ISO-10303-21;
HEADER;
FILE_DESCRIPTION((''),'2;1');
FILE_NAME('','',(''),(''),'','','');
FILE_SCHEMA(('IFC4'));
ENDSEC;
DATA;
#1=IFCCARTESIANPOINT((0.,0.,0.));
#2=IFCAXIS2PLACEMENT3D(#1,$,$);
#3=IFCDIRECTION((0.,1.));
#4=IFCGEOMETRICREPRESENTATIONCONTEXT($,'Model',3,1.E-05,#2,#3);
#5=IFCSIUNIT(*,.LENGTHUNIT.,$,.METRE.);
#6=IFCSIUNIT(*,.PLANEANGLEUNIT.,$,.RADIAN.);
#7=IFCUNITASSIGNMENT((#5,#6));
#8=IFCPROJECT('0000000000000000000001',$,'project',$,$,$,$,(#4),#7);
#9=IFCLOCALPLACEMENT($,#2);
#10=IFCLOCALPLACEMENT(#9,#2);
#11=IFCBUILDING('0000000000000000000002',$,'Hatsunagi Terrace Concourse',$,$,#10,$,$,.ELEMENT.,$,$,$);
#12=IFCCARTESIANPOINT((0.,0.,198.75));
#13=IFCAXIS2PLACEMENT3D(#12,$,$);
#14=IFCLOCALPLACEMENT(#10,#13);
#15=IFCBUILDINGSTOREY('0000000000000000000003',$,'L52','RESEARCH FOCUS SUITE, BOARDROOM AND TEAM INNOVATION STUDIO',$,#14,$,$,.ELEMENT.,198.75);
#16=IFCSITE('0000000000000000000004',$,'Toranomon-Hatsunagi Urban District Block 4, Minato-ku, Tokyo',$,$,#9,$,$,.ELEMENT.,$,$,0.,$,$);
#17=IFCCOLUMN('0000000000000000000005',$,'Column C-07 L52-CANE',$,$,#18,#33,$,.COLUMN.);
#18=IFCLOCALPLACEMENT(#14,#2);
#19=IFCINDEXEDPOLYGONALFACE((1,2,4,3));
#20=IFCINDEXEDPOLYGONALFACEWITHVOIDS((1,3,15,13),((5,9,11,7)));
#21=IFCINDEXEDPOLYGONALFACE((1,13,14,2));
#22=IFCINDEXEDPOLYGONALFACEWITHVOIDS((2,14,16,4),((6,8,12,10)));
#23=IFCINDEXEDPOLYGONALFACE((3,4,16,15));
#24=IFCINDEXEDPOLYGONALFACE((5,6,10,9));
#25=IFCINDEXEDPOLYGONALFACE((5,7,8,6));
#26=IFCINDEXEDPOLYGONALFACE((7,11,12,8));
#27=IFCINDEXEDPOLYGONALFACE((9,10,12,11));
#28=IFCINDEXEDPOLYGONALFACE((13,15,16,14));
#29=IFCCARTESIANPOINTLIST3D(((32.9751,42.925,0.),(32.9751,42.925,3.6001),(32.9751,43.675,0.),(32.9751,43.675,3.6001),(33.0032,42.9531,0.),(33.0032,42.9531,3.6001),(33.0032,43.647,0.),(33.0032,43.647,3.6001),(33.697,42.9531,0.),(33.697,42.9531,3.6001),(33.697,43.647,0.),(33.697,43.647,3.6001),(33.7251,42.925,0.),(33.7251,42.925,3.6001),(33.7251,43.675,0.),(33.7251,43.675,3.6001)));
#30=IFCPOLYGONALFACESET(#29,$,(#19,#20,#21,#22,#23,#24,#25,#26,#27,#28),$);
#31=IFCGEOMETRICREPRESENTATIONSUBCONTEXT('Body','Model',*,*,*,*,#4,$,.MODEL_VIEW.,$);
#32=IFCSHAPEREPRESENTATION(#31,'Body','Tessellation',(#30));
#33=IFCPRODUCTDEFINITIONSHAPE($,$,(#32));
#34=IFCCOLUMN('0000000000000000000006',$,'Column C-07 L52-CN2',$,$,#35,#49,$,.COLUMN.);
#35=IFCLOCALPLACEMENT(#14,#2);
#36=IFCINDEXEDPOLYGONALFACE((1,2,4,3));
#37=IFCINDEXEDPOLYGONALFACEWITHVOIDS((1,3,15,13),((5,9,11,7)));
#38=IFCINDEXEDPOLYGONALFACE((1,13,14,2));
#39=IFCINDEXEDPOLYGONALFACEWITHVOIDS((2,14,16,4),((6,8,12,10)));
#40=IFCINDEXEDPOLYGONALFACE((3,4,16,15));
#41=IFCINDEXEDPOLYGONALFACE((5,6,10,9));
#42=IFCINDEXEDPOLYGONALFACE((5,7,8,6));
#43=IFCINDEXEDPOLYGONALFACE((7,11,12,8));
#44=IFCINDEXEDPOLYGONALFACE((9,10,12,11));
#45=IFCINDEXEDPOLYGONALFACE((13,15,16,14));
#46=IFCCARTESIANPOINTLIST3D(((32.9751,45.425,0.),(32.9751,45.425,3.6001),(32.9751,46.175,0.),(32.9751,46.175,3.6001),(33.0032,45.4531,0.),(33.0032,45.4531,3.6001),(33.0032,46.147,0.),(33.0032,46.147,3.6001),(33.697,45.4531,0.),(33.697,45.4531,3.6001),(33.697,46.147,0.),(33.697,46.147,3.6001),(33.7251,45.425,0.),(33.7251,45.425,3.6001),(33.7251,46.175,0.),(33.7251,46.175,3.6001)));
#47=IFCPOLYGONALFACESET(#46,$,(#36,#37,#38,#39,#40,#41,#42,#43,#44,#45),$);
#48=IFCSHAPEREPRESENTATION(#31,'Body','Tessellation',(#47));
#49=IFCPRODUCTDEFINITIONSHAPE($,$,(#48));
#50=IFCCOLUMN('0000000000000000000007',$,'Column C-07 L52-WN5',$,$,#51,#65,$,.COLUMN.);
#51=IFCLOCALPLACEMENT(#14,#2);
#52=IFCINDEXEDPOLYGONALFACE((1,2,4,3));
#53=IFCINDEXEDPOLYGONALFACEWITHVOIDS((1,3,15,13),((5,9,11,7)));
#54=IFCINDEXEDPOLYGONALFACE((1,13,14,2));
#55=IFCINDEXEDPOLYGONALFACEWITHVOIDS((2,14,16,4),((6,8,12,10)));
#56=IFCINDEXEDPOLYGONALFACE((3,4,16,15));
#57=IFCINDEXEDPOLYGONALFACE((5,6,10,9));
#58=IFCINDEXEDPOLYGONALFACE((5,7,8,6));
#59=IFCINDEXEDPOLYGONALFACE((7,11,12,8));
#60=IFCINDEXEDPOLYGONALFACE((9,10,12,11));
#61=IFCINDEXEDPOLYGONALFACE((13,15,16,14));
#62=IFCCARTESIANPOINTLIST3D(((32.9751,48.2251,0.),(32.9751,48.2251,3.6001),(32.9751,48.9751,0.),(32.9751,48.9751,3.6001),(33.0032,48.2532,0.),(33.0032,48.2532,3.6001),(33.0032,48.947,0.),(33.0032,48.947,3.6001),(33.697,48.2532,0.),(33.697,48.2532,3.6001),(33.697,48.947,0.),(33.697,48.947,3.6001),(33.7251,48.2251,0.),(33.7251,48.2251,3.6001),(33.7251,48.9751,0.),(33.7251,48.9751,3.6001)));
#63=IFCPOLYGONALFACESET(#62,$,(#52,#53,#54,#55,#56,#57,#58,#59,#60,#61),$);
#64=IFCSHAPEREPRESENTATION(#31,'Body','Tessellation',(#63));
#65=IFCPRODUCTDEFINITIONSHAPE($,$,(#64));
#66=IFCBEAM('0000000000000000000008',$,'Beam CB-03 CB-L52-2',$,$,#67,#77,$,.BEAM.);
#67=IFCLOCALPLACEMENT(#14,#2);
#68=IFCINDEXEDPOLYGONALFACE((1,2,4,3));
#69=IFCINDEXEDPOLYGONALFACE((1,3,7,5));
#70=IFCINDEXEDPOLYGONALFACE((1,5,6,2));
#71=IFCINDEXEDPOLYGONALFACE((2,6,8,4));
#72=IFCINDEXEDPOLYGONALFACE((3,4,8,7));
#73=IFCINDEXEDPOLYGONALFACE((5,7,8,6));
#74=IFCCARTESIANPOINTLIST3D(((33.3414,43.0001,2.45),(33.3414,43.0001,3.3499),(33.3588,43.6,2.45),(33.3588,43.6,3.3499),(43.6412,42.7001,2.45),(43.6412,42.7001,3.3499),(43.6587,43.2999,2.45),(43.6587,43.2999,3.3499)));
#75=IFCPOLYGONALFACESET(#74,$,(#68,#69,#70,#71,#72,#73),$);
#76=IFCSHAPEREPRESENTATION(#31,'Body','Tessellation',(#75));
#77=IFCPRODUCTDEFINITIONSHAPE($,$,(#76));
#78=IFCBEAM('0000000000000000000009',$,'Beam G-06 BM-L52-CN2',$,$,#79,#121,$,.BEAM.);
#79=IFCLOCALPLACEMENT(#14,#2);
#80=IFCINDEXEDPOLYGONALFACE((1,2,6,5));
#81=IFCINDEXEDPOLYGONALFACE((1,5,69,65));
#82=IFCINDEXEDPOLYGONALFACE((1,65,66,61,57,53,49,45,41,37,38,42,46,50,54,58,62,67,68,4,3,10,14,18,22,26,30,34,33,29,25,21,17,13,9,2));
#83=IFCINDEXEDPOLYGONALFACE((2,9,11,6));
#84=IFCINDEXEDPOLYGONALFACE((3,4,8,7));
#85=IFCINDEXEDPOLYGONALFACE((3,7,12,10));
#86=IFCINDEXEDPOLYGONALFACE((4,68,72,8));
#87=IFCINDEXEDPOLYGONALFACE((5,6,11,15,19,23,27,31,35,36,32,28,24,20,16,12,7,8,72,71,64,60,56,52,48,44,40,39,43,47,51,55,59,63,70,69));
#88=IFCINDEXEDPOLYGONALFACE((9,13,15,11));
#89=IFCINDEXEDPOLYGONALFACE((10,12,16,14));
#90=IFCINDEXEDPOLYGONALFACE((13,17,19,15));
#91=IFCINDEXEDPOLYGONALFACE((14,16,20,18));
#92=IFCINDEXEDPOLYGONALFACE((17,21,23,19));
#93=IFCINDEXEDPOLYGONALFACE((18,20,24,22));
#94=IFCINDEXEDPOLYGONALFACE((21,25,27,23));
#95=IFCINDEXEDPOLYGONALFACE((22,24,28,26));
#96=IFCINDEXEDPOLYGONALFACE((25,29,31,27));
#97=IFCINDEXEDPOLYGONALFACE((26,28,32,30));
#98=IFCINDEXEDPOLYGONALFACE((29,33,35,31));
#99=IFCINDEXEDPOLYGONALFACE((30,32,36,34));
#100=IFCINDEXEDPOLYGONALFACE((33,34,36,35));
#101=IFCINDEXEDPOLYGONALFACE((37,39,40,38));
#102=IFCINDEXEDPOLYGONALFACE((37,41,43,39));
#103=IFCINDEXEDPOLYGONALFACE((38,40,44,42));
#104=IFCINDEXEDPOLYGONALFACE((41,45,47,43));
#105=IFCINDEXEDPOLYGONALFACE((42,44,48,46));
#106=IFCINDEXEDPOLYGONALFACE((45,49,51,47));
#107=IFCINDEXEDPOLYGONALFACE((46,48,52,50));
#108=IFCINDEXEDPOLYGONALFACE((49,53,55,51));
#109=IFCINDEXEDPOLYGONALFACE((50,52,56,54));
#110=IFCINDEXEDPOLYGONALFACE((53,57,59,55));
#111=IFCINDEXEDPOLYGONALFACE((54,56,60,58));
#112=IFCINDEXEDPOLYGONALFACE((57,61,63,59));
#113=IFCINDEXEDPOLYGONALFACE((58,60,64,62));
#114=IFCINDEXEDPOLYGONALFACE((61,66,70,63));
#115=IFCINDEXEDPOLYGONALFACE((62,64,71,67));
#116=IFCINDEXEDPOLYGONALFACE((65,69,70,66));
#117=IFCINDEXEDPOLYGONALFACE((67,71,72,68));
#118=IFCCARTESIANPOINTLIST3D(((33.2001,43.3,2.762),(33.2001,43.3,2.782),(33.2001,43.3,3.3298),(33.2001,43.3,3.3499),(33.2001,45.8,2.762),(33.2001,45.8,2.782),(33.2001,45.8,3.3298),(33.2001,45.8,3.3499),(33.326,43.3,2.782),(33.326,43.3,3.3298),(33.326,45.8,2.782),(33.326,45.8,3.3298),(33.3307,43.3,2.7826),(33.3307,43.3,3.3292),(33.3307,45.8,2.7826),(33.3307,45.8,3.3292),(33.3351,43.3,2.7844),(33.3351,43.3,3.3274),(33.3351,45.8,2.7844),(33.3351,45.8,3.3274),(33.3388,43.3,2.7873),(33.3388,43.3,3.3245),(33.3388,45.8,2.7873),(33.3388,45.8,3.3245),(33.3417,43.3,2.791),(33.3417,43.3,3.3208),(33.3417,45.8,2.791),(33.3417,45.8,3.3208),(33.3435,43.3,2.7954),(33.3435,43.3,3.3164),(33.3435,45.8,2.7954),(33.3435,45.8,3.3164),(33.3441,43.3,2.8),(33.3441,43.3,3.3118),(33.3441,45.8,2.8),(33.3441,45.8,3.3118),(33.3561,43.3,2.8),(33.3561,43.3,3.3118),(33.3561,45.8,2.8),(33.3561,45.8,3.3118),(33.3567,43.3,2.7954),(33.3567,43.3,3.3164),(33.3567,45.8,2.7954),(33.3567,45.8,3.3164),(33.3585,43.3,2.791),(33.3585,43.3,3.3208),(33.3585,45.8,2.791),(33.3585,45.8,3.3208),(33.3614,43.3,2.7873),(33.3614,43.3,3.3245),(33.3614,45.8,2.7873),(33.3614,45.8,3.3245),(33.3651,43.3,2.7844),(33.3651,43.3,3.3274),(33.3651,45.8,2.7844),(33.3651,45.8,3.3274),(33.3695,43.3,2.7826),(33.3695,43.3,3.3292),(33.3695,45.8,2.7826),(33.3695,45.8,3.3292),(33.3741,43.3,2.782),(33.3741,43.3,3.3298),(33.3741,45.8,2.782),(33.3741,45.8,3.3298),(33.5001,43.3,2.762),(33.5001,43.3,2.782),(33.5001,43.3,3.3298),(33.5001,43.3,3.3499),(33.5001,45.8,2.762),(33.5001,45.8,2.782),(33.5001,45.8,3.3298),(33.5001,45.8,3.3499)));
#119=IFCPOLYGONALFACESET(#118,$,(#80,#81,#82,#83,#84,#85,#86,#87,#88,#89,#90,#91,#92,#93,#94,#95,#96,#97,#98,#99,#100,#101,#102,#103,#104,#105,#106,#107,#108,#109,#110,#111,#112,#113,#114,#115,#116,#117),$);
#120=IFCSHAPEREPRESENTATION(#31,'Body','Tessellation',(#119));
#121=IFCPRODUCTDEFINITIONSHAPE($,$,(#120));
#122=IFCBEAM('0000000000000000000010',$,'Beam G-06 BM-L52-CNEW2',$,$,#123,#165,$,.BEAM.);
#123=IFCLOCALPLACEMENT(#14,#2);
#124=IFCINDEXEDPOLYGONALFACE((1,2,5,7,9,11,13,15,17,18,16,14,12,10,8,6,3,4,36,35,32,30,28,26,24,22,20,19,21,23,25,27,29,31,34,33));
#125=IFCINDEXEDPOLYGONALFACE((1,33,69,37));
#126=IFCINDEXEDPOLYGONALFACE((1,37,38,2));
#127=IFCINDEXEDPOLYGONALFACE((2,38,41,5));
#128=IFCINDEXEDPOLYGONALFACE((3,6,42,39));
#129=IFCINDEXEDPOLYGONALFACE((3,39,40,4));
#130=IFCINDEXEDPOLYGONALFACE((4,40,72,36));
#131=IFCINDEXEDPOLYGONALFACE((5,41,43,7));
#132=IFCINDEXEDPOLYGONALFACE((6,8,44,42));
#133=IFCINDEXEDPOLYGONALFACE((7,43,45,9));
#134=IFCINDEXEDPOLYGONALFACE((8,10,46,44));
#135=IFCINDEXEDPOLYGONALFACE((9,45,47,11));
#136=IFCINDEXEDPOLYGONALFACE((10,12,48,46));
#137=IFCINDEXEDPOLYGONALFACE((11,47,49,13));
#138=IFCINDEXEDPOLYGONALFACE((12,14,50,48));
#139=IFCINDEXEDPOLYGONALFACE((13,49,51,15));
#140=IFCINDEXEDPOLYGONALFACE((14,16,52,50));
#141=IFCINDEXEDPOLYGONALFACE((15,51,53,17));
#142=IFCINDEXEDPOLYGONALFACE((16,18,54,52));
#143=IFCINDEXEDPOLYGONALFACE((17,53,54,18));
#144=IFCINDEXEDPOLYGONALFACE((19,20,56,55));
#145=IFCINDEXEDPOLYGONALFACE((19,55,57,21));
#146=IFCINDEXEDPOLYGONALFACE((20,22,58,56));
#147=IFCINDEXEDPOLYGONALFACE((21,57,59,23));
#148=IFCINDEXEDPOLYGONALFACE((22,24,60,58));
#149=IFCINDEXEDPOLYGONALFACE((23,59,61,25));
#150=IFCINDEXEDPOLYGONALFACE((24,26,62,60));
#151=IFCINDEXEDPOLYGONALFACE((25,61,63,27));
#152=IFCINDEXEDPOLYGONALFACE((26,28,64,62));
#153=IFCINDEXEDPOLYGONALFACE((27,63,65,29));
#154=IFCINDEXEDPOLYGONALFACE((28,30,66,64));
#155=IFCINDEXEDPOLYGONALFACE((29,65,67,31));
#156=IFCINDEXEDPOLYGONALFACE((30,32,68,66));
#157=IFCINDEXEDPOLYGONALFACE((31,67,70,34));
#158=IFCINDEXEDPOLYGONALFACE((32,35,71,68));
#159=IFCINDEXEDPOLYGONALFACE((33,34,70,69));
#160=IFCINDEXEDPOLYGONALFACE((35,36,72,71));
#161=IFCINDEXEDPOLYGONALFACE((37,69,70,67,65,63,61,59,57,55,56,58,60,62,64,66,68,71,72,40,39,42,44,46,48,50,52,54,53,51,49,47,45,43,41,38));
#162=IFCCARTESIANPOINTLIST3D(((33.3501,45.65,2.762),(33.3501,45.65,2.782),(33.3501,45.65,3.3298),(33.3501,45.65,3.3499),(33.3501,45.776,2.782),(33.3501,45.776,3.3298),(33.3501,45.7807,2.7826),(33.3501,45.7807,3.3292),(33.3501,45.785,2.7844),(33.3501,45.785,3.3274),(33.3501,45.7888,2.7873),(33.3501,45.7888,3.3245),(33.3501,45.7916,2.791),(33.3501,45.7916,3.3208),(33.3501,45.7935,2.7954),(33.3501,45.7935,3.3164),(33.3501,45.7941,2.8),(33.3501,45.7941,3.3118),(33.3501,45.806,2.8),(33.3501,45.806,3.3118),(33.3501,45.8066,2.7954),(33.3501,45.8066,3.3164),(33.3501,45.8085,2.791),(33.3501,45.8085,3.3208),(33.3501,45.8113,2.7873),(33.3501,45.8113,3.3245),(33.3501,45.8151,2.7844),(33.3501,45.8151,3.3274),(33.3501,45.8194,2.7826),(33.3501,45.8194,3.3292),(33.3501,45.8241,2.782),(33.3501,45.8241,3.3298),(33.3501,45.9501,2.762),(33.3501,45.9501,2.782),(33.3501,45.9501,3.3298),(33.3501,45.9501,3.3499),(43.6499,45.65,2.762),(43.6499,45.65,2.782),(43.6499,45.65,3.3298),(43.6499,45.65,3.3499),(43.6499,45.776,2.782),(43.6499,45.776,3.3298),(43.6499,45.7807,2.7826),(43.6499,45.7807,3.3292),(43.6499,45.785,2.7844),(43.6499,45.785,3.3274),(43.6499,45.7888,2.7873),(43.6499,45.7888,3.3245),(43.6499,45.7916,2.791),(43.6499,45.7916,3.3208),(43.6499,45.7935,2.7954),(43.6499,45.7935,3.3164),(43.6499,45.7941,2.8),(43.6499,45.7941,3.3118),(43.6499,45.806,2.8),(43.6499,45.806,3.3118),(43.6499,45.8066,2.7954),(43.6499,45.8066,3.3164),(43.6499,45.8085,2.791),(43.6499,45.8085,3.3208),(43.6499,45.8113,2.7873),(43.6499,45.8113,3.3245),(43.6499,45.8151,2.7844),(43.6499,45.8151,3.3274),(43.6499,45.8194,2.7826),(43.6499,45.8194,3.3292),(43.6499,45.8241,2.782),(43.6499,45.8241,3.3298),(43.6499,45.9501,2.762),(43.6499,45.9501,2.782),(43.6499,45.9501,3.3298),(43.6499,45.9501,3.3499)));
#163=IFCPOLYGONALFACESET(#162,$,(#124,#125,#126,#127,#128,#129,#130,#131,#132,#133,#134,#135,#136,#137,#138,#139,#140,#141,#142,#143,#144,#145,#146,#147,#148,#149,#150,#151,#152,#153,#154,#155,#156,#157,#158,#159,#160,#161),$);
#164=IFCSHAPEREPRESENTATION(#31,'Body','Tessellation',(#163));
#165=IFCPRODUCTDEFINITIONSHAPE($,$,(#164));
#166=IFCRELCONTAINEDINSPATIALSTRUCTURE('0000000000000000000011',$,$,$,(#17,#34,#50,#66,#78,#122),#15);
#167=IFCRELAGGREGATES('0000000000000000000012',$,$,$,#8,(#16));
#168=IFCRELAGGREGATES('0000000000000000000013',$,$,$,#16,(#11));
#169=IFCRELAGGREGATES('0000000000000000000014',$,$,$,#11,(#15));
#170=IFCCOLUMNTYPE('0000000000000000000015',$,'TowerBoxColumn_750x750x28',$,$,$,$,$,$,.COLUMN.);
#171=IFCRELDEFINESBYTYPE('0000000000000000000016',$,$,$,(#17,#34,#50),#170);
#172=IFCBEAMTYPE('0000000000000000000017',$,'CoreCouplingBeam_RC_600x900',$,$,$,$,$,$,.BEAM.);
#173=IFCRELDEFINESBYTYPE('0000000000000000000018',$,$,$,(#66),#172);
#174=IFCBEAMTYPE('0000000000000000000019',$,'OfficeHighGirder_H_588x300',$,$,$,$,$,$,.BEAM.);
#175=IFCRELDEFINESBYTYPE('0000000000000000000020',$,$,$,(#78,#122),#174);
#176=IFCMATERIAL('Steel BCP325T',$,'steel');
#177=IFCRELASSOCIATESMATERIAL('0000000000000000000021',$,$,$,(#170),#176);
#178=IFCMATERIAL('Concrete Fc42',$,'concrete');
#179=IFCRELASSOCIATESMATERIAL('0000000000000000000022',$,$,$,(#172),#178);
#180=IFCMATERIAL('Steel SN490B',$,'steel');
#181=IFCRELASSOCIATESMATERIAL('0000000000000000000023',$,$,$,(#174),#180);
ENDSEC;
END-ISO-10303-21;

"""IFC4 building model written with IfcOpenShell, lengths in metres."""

from ifc_helpers import new_model, si_unit, direction, frame, origin, origin_2d, place, context, subcontext, project, spatial, rectangle, hollow_rectangle, i_section, extrude, material, material_profile, profile_set, type_object, element, save


model = new_model("IFC4")

# Units and contexts
model_context = context("Model", 3, precision=1e-05, world=origin(), true_north=direction((0.0, 1.0)))
body_context = subcontext(model_context, "Body", "Model", "MODEL_VIEW")
ifc_project = project(units=[si_unit("LENGTHUNIT", "METRE"), si_unit("PLANEANGLEUNIT", "RADIAN")], contexts=[model_context])

# Site, building, storey
site_placement = place(None, origin())
site = spatial("IfcSite", under=ifc_project, at=site_placement, Name="Toranomon-Hatsunagi Urban District Block 4, Minato-ku, Tokyo", CompositionType="ELEMENT", RefElevation=0.0)
building_placement = place(site_placement, origin())
building = spatial("IfcBuilding", under=site, at=building_placement, Name="Hatsunagi Terrace Concourse", CompositionType="ELEMENT")
storey_placement = place(building_placement, frame((0.0, 0.0, 198.75)))
storey = spatial("IfcBuildingStorey", under=building, at=storey_placement, Name="L52", Description="RESEARCH FOCUS SUITE, BOARDROOM AND TEAM INNOVATION STUDIO", CompositionType="ELEMENT", Elevation=198.75)

# Columns
ifc_material_1 = material(Name="Steel BCP325T", Category="steel")
ifc_material_profile_1 = material_profile(ifc_material_1, hollow_rectangle(XDim=0.75, YDim=0.75, WallThickness=0.0281, at=origin_2d()), Name="BCP-750x750x28")
ifc_profile_set_1 = profile_set([ifc_material_profile_1], Name="Steel BCP325T")
column_type = type_object("IfcColumnType", Name="TowerBoxColumn_750x750x28", PredefinedType="COLUMN", material=ifc_profile_set_1)
for number, where, z_axis, x_axis, name in (
    (1, (33.3501, 43.3, 0.0), (0.0, 0.0, 1.0), (1.0, 0.0, 0.0), "Column C-07 L52-CANE"),
    (2, (33.3501, 45.8, 0.0), (0.0, 0.0, 1.0), (1.0, 0.0, 0.0), "Column C-07 L52-CN2"),
    (3, (33.3501, 48.6001, 0.0), (0.0, 0.0, 1.0), (1.0, 0.0, 0.0), "Column C-07 L52-WN5"),
):
    element("IfcColumn", number, at=place(storey_placement, frame(where, z_axis=z_axis, x_axis=x_axis)), inside=storey, type_object=column_type, Name=name, PredefinedType="COLUMN", context=body_context, shape_type="SweptSolid", body=[
        extrude(hollow_rectangle(XDim=0.75, YDim=0.75, WallThickness=0.0281, at=origin_2d()), origin(), (0.0, 0.0, 1.0), 3.6001),
    ])

# Beams
ifc_material_2 = material(Name="Concrete Fc42", Category="concrete")
ifc_material_profile_2 = material_profile(ifc_material_2, rectangle(XDim=0.6001, YDim=0.8999, at=origin_2d()), Name="RC-600x900")
ifc_profile_set_2 = profile_set([ifc_material_profile_2], Name="Concrete Fc42")
beam_type_1 = type_object("IfcBeamType", Name="CoreCouplingBeam_RC_600x900", PredefinedType="BEAM", material=ifc_profile_set_2)
beam_1_placement = place(storey_placement, frame((33.3501, 43.3, 2.8999), z_axis=(0.999576, -0.029119, 0.0), x_axis=(0.029119, 0.999576, 0.0)))
element("IfcBeam", 4, at=beam_1_placement, inside=storey, type_object=beam_type_1, Name="Beam CB-03 CB-L52-2", PredefinedType="BEAM", context=body_context, shape_type="SweptSolid", body=[
    extrude(rectangle(XDim=0.6001, YDim=0.8999, at=origin_2d()), origin(), (0.0, 0.0, 1.0), 10.3042),
])
ifc_material_3 = material(Name="Steel SN490B", Category="steel")
ifc_material_profile_3 = material_profile(ifc_material_3, i_section(OverallWidth=0.3, OverallDepth=0.5879, WebThickness=0.012, FlangeThickness=0.02, FilletRadius=0.0181, at=origin_2d()), Name="H-588x300x12x20")
ifc_profile_set_3 = profile_set([ifc_material_profile_3], Name="Steel SN490B")
beam_type_2 = type_object("IfcBeamType", Name="OfficeHighGirder_H_588x300", PredefinedType="BEAM", material=ifc_profile_set_3)
beam_2_placement = place(storey_placement, frame((33.3501, 43.3, 3.0559), z_axis=(0.0, 1.0, 0.0), x_axis=(-1.0, 0.0, 0.0)))
element("IfcBeam", 5, at=beam_2_placement, inside=storey, type_object=beam_type_2, Name="Beam G-06 BM-L52-CN2", PredefinedType="BEAM", context=body_context, shape_type="SweptSolid", body=[
    extrude(i_section(OverallWidth=0.3, OverallDepth=0.5879, WebThickness=0.012, FlangeThickness=0.02, FilletRadius=0.0181, at=origin_2d()), origin(), (0.0, 0.0, 1.0), 2.5),
])
beam_3_placement = place(storey_placement, frame((33.3501, 45.8, 3.0559), z_axis=(1.0, 0.0, 0.0), x_axis=(0.0, 1.0, 0.0)))
element("IfcBeam", 6, at=beam_3_placement, inside=storey, type_object=beam_type_2, Name="Beam G-06 BM-L52-CNEW2", PredefinedType="BEAM", context=body_context, shape_type="SweptSolid", body=[
    extrude(i_section(OverallWidth=0.3, OverallDepth=0.5879, WebThickness=0.012, FlangeThickness=0.02, FilletRadius=0.0181, at=origin_2d()), origin(), (0.0, 0.0, 1.0), 10.2998),
])

save(model, "model.ifc")
